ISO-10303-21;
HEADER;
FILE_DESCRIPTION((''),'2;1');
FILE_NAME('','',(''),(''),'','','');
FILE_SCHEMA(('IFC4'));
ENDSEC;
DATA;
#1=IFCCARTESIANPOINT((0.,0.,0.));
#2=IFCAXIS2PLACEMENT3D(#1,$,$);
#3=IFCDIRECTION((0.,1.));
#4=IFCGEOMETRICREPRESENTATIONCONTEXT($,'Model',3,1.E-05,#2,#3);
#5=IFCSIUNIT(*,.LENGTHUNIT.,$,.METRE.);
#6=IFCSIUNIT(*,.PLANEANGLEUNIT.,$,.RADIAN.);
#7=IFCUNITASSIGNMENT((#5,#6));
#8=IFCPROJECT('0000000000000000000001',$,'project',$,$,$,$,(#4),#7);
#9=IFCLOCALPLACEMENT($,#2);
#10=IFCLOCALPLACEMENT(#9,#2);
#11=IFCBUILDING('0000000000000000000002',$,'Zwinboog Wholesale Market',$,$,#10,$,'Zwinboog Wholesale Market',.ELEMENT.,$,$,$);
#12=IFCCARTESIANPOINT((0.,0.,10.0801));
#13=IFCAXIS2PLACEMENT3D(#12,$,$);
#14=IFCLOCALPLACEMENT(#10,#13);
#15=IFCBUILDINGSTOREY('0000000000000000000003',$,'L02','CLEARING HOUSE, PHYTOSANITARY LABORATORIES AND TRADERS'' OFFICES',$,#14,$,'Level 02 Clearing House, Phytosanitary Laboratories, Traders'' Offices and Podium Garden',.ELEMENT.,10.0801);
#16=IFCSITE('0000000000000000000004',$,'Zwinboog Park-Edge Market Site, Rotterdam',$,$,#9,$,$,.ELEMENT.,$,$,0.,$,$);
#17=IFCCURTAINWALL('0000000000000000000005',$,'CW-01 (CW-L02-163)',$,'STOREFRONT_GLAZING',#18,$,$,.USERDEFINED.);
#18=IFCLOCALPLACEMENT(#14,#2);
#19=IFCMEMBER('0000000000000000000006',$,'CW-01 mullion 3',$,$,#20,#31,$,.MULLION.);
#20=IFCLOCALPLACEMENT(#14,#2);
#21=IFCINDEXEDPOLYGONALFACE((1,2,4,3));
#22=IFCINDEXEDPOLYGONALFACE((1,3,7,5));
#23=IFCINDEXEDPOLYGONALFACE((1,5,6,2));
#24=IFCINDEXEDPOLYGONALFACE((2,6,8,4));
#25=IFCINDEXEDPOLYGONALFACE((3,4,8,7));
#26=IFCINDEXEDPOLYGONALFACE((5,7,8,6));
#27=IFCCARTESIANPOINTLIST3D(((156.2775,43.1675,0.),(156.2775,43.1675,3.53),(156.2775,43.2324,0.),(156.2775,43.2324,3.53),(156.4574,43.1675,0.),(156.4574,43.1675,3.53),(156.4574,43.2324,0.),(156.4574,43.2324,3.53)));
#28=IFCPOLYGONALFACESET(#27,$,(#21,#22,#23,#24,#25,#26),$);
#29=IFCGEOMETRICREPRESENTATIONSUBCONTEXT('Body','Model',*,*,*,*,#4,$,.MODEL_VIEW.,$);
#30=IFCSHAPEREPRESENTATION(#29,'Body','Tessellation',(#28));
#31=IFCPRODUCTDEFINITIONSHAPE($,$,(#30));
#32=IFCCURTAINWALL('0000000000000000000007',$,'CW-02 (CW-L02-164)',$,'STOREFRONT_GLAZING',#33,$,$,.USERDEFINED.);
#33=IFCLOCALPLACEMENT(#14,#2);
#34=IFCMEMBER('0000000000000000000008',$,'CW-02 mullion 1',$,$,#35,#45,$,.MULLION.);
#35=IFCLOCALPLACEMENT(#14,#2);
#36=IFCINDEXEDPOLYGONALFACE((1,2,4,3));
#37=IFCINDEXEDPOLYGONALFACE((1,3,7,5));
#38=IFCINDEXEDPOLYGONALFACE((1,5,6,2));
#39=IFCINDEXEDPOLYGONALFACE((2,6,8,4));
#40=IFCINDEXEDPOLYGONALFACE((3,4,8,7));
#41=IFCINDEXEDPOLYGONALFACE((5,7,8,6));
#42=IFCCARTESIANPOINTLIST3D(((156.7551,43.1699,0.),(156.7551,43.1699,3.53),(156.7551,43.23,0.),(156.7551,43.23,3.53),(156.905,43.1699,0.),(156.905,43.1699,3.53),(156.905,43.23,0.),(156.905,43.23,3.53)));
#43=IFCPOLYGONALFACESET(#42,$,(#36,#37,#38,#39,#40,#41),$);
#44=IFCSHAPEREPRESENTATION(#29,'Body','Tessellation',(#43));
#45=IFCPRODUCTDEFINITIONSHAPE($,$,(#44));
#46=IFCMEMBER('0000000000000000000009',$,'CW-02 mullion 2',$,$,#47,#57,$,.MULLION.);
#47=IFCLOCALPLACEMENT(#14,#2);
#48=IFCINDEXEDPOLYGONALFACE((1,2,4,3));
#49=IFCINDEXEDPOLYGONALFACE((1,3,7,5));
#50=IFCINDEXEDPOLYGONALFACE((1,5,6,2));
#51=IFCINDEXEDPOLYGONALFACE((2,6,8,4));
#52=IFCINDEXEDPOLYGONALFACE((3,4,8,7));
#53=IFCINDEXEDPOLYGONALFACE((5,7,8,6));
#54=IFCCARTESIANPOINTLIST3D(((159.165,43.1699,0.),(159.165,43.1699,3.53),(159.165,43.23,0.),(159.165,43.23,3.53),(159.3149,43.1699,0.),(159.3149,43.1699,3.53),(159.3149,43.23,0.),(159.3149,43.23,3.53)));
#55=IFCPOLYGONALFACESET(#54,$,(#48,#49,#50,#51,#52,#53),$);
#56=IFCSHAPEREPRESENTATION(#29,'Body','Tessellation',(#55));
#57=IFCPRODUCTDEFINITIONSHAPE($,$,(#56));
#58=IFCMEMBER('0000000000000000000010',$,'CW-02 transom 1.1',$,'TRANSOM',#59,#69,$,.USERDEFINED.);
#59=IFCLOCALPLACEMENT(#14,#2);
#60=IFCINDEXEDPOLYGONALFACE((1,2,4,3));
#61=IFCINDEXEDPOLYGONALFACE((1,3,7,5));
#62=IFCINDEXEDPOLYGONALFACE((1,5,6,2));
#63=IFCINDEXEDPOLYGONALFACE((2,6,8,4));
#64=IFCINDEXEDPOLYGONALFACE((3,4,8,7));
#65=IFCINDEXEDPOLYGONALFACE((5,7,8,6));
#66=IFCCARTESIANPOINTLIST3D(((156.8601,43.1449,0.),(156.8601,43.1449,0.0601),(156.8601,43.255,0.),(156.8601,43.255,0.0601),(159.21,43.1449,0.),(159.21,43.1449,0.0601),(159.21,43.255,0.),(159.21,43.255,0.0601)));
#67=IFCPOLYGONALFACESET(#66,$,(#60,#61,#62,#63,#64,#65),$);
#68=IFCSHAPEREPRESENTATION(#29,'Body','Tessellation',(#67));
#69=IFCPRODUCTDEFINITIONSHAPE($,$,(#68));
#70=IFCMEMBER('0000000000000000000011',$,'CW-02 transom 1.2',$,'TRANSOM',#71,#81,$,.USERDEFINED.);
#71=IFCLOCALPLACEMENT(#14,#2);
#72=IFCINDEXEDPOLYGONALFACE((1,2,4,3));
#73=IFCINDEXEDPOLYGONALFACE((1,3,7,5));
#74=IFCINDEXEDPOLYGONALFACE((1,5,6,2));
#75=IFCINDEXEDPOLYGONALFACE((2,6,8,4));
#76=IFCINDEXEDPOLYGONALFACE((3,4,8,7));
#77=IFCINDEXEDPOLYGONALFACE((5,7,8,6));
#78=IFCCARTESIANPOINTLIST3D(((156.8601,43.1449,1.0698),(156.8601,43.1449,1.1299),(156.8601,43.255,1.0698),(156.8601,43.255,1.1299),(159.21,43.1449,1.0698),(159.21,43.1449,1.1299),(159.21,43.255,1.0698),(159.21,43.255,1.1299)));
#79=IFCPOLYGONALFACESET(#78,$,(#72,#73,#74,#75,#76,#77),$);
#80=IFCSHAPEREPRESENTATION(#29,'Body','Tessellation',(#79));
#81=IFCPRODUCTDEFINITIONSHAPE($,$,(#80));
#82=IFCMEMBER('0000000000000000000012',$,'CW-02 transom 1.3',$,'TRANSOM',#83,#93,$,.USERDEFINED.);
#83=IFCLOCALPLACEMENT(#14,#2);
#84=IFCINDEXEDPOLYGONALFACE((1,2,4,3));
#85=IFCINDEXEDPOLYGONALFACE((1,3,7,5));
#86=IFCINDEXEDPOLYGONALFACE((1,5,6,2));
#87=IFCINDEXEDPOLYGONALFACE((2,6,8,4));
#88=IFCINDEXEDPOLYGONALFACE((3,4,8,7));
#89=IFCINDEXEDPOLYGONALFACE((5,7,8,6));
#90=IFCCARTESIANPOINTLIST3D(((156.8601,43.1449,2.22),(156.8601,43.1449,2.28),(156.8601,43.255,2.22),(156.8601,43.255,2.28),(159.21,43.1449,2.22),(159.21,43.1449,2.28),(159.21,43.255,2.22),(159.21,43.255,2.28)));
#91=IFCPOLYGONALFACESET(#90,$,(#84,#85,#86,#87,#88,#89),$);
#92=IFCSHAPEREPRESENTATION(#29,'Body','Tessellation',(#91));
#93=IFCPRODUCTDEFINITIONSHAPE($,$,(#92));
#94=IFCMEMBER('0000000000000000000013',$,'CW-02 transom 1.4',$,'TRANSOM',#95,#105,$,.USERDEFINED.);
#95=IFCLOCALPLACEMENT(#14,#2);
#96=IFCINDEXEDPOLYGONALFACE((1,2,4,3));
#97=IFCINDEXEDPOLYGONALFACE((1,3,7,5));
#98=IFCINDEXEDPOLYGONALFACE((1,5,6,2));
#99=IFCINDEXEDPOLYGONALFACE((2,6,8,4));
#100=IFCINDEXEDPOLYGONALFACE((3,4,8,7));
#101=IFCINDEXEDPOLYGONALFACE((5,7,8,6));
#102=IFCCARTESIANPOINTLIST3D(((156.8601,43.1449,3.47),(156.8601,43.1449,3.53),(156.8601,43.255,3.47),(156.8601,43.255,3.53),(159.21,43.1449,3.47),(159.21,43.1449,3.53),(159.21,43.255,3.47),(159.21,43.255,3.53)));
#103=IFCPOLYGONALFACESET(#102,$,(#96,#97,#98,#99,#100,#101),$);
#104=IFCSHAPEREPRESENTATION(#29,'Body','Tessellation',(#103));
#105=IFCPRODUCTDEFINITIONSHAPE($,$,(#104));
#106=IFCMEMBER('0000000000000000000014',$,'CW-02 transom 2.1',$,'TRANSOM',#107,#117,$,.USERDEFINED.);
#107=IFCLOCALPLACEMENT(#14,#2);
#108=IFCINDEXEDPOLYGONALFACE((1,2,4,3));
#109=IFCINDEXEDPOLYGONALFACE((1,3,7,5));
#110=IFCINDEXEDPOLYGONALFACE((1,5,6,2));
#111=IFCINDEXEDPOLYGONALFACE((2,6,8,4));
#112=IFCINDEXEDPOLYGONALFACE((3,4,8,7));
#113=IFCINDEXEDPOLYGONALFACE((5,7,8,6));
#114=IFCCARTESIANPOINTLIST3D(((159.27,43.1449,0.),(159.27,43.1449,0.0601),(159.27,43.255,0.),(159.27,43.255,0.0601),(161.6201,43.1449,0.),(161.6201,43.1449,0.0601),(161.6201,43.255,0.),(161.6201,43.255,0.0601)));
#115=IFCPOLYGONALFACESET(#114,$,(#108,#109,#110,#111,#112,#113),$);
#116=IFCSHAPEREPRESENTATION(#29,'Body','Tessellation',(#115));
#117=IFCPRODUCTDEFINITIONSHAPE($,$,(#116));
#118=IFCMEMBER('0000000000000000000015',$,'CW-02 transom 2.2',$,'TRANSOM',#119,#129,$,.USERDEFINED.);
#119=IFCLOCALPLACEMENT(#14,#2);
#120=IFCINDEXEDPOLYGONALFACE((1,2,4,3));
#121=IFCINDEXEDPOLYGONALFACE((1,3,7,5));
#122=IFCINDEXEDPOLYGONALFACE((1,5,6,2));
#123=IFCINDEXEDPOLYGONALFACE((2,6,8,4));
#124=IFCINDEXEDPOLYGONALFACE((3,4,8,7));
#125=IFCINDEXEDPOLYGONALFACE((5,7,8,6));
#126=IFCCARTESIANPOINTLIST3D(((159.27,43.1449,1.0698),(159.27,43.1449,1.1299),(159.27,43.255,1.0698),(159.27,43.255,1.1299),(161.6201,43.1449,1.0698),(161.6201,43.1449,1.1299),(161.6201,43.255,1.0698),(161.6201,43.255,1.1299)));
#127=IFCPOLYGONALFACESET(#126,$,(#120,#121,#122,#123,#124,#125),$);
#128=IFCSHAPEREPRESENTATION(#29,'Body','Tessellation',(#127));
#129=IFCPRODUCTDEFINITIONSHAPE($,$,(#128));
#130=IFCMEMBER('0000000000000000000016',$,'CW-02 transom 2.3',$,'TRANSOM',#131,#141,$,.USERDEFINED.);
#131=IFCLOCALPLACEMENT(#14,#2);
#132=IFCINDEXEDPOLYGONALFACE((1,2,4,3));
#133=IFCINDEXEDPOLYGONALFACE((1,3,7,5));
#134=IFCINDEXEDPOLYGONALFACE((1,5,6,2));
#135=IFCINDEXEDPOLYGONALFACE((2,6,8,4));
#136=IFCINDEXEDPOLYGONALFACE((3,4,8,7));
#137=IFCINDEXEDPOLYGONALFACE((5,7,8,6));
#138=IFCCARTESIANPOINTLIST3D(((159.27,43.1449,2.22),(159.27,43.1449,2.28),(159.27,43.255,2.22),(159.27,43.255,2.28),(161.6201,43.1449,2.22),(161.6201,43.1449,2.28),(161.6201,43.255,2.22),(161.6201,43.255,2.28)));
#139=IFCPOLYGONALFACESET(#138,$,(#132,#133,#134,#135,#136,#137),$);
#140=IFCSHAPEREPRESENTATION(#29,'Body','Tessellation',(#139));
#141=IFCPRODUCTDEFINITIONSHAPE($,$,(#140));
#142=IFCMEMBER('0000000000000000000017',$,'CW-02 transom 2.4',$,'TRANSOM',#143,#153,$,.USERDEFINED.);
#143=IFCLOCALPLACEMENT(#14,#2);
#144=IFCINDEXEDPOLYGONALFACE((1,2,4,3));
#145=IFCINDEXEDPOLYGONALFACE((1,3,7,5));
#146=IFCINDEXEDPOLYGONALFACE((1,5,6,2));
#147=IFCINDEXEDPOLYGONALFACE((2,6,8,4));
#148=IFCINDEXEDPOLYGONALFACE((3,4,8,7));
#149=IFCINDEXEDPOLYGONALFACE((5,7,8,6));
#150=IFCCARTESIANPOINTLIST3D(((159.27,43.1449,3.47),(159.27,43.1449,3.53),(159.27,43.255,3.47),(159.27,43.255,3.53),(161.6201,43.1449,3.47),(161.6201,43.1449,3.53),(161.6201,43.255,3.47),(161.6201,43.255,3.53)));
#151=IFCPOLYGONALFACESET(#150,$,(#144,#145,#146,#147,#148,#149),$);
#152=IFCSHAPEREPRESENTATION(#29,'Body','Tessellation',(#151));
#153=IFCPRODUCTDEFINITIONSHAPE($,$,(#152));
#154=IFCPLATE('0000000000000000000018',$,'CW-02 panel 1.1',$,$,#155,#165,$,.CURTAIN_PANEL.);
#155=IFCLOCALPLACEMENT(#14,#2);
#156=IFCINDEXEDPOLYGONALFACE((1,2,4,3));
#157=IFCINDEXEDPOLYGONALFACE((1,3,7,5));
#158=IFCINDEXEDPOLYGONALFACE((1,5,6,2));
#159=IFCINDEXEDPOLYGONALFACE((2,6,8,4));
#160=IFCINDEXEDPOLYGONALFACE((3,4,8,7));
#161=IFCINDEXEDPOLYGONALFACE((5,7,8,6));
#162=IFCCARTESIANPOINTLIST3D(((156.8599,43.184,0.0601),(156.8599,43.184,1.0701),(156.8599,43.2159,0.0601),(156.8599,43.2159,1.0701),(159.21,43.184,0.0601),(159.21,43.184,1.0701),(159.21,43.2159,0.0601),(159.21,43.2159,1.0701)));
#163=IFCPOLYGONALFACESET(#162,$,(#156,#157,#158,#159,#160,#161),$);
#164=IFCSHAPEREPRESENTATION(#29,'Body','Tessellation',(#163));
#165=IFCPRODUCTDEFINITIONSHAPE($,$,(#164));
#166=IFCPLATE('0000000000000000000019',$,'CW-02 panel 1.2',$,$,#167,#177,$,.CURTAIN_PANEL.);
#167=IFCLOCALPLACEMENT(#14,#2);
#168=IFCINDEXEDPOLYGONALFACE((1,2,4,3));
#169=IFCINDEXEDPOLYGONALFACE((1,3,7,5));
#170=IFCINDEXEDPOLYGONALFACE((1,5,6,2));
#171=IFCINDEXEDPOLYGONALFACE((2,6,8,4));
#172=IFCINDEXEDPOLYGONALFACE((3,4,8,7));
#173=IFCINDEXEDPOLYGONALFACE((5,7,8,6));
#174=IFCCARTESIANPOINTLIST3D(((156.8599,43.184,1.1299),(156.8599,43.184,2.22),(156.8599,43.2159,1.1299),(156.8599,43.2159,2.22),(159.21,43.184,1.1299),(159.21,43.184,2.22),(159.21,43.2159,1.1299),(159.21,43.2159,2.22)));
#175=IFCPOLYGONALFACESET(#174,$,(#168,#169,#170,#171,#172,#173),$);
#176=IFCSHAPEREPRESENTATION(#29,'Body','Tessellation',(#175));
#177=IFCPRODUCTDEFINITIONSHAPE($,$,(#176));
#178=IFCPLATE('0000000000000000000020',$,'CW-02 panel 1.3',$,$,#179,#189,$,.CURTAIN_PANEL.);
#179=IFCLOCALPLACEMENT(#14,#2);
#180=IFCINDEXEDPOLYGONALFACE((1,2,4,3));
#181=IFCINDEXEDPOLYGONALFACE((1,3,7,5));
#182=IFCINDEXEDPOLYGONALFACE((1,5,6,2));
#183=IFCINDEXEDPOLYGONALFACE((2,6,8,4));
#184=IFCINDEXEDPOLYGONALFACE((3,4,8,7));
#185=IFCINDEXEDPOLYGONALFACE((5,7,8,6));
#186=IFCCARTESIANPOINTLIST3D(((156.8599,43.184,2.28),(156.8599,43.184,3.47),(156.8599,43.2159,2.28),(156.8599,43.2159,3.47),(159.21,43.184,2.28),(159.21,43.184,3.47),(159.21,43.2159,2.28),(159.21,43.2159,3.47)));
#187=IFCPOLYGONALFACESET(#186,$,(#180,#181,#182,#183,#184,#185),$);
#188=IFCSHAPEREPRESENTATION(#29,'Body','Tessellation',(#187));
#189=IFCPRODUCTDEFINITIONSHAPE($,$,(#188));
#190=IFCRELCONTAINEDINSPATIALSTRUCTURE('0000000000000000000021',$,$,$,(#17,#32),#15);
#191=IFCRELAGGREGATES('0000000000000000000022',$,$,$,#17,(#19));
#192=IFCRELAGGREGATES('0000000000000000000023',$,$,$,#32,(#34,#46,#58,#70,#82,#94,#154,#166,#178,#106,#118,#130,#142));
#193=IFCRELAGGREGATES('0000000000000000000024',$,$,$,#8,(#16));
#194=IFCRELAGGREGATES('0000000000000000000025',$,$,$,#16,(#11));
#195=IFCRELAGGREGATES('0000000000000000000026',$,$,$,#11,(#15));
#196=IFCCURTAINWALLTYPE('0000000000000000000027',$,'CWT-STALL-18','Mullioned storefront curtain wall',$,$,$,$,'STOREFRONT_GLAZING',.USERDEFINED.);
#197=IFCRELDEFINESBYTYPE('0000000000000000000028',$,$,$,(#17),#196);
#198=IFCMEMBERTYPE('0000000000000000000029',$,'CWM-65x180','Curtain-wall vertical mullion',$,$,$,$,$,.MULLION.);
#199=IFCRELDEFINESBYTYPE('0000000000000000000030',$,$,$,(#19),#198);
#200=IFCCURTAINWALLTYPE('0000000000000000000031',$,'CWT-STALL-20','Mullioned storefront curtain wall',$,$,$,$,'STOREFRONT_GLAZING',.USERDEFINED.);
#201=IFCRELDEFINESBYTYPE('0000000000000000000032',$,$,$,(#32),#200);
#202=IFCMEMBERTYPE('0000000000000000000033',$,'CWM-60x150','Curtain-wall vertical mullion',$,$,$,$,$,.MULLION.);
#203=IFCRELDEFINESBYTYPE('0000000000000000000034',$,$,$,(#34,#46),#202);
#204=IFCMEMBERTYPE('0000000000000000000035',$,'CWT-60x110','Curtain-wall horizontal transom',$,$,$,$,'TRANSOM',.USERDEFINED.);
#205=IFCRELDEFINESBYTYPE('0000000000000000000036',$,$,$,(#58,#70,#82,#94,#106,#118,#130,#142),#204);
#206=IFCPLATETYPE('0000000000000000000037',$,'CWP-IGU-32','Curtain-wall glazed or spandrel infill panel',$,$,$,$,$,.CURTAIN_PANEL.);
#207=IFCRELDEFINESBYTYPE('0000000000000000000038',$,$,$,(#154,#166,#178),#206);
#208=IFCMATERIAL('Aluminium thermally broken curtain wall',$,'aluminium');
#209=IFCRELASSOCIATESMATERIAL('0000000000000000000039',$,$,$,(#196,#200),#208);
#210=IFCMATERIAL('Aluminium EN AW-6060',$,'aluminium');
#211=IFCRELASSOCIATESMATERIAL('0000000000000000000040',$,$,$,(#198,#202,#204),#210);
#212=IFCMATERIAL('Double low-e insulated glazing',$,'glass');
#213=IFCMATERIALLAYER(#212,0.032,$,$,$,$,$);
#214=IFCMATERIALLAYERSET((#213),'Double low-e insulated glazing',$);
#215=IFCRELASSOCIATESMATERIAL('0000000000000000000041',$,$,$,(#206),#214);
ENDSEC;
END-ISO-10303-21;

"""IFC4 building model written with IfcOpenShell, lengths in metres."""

from ifc_helpers import new_model, si_unit, direction, frame, origin, origin_2d, place, context, subcontext, project, spatial, rectangle, extrude, material, layer, layer_set, material_profile, profile_set, type_object, element, aggregate, save


model = new_model("IFC4")

# Units and contexts
model_context = context("Model", 3, precision=1e-05, world=origin(), true_north=direction((0.0, 1.0)))
body_context = subcontext(model_context, "Body", "Model", "MODEL_VIEW")
ifc_project = project(units=[si_unit("LENGTHUNIT", "METRE"), si_unit("PLANEANGLEUNIT", "RADIAN")], contexts=[model_context])

# Site, building, storey
site_placement = place(None, origin())
site = spatial("IfcSite", under=ifc_project, at=site_placement, Name="Zwinboog Park-Edge Market Site, Rotterdam", CompositionType="ELEMENT", RefElevation=0.0)
building_placement = place(site_placement, origin())
building = spatial("IfcBuilding", under=site, at=building_placement, Name="Zwinboog Wholesale Market", LongName="Zwinboog Wholesale Market", CompositionType="ELEMENT")
storey_placement = place(building_placement, frame((0.0, 0.0, 10.0801)))
storey = spatial("IfcBuildingStorey", under=building, at=storey_placement, Name="L02", Description="CLEARING HOUSE, PHYTOSANITARY LABORATORIES AND TRADERS' OFFICES", LongName="Level 02 Clearing House, Phytosanitary Laboratories, Traders' Offices and Podium Garden", CompositionType="ELEMENT", Elevation=10.0801)

# Curtain wall, member
ifc_material_1 = material(Name="Aluminium thermally broken curtain wall", Category="aluminium")
curtain_wall_type_1 = type_object("IfcCurtainWallType", Name="CWT-STALL-18", Description="Mullioned storefront curtain wall", ElementType="STOREFRONT_GLAZING", PredefinedType="USERDEFINED", material=ifc_material_1)
curtain_wall_1_placement = place(storey_placement, origin())
curtain_wall_1 = element("IfcCurtainWall", 1, at=curtain_wall_1_placement, inside=storey, type_object=curtain_wall_type_1, Name="CW-01 (CW-L02-163)", ObjectType="STOREFRONT_GLAZING", PredefinedType="USERDEFINED")
ifc_material_2 = material(Name="Aluminium EN AW-6060", Category="aluminium")
ifc_material_profile_1 = material_profile(ifc_material_2, rectangle(XDim=0.0649, YDim=0.1799, at=origin_2d()), Name="AL 65x180")
ifc_profile_set_1 = profile_set([ifc_material_profile_1], Name="Aluminium EN AW-6060")
member_type_1 = type_object("IfcMemberType", Name="CWM-65x180", Description="Curtain-wall vertical mullion", PredefinedType="MULLION", material=ifc_profile_set_1)
member_1_placement = place(storey_placement, frame((156.3674, 43.2, 0.0), z_axis=(0.0, 0.0, 1.0), x_axis=(0.0, 1.0, 0.0)))
member_1 = element("IfcMember", 2, at=member_1_placement, type_object=member_type_1, Name="CW-01 mullion 3", PredefinedType="MULLION", context=body_context, shape_type="SweptSolid", body=[
    extrude(rectangle(XDim=0.0649, YDim=0.1799, at=origin_2d()), origin(), (0.0, 0.0, 1.0), 3.53),
])
aggregate(curtain_wall_1, [member_1])

# Curtain wall, members, plates
curtain_wall_type_2 = type_object("IfcCurtainWallType", Name="CWT-STALL-20", Description="Mullioned storefront curtain wall", ElementType="STOREFRONT_GLAZING", PredefinedType="USERDEFINED", material=ifc_material_1)
curtain_wall_2_placement = place(storey_placement, origin())
curtain_wall_2 = element("IfcCurtainWall", 3, at=curtain_wall_2_placement, inside=storey, type_object=curtain_wall_type_2, Name="CW-02 (CW-L02-164)", ObjectType="STOREFRONT_GLAZING", PredefinedType="USERDEFINED")
ifc_material_profile_2 = material_profile(ifc_material_2, rectangle(XDim=0.0601, YDim=0.1499, at=origin_2d()), Name="AL 60x150")
ifc_profile_set_2 = profile_set([ifc_material_profile_2], Name="Aluminium EN AW-6060")
member_type_2 = type_object("IfcMemberType", Name="CWM-60x150", Description="Curtain-wall vertical mullion", PredefinedType="MULLION", material=ifc_profile_set_2)
member_2_placement = place(storey_placement, frame((156.8301, 43.2, 0.0), z_axis=(0.0, 0.0, 1.0), x_axis=(0.0, 1.0, 0.0)))
member_2 = element("IfcMember", 4, at=member_2_placement, type_object=member_type_2, Name="CW-02 mullion 1", PredefinedType="MULLION", context=body_context, shape_type="SweptSolid", body=[
    extrude(rectangle(XDim=0.0601, YDim=0.1499, at=origin_2d()), origin(), (0.0, 0.0, 1.0), 3.53),
])
member_3_placement = place(storey_placement, frame((159.24, 43.2, 0.0), z_axis=(0.0, 0.0, 1.0), x_axis=(0.0, 1.0, 0.0)))
member_3 = element("IfcMember", 5, at=member_3_placement, type_object=member_type_2, Name="CW-02 mullion 2", PredefinedType="MULLION", context=body_context, shape_type="SweptSolid", body=[
    extrude(rectangle(XDim=0.0601, YDim=0.1499, at=origin_2d()), origin(), (0.0, 0.0, 1.0), 3.53),
])
ifc_material_profile_3 = material_profile(ifc_material_2, rectangle(XDim=0.1101, YDim=0.0601, at=origin_2d()), Name="AL 60x110")
ifc_profile_set_3 = profile_set([ifc_material_profile_3], Name="Aluminium EN AW-6060")
member_type_3 = type_object("IfcMemberType", Name="CWT-60x110", Description="Curtain-wall horizontal transom", ElementType="TRANSOM", PredefinedType="USERDEFINED", material=ifc_profile_set_3)
member_4_placement = place(storey_placement, frame((156.8601, 43.2, 0.03), z_axis=(1.0, 0.0, 0.0), x_axis=(0.0, 1.0, 0.0)))
member_4 = element("IfcMember", 6, at=member_4_placement, type_object=member_type_3, Name="CW-02 transom 1.1", ObjectType="TRANSOM", PredefinedType="USERDEFINED", context=body_context, shape_type="SweptSolid", body=[
    extrude(rectangle(XDim=0.1101, YDim=0.0601, at=origin_2d()), origin(), (0.0, 0.0, 1.0), 2.3499),
])
member_5_placement = place(storey_placement, frame((156.8601, 43.2, 1.0999), z_axis=(1.0, 0.0, 0.0), x_axis=(0.0, 1.0, 0.0)))
member_5 = element("IfcMember", 7, at=member_5_placement, type_object=member_type_3, Name="CW-02 transom 1.2", ObjectType="TRANSOM", PredefinedType="USERDEFINED", context=body_context, shape_type="SweptSolid", body=[
    extrude(rectangle(XDim=0.1101, YDim=0.0601, at=origin_2d()), origin(), (0.0, 0.0, 1.0), 2.3499),
])
member_6_placement = place(storey_placement, frame((156.8601, 43.2, 2.25), z_axis=(1.0, 0.0, 0.0), x_axis=(0.0, 1.0, 0.0)))
member_6 = element("IfcMember", 8, at=member_6_placement, type_object=member_type_3, Name="CW-02 transom 1.3", ObjectType="TRANSOM", PredefinedType="USERDEFINED", context=body_context, shape_type="SweptSolid", body=[
    extrude(rectangle(XDim=0.1101, YDim=0.0601, at=origin_2d()), origin(), (0.0, 0.0, 1.0), 2.3499),
])
member_7_placement = place(storey_placement, frame((156.8601, 43.2, 3.5), z_axis=(1.0, 0.0, 0.0), x_axis=(0.0, 1.0, 0.0)))
member_7 = element("IfcMember", 9, at=member_7_placement, type_object=member_type_3, Name="CW-02 transom 1.4", ObjectType="TRANSOM", PredefinedType="USERDEFINED", context=body_context, shape_type="SweptSolid", body=[
    extrude(rectangle(XDim=0.1101, YDim=0.0601, at=origin_2d()), origin(), (0.0, 0.0, 1.0), 2.3499),
])
member_8_placement = place(storey_placement, frame((159.27, 43.2, 0.03), z_axis=(1.0, 0.0, 0.0), x_axis=(0.0, 1.0, 0.0)))
member_8 = element("IfcMember", 10, at=member_8_placement, type_object=member_type_3, Name="CW-02 transom 2.1", ObjectType="TRANSOM", PredefinedType="USERDEFINED", context=body_context, shape_type="SweptSolid", body=[
    extrude(rectangle(XDim=0.1101, YDim=0.0601, at=origin_2d()), origin(), (0.0, 0.0, 1.0), 2.3501),
])
member_9_placement = place(storey_placement, frame((159.27, 43.2, 1.0999), z_axis=(1.0, 0.0, 0.0), x_axis=(0.0, 1.0, 0.0)))
member_9 = element("IfcMember", 11, at=member_9_placement, type_object=member_type_3, Name="CW-02 transom 2.2", ObjectType="TRANSOM", PredefinedType="USERDEFINED", context=body_context, shape_type="SweptSolid", body=[
    extrude(rectangle(XDim=0.1101, YDim=0.0601, at=origin_2d()), origin(), (0.0, 0.0, 1.0), 2.3501),
])
member_10_placement = place(storey_placement, frame((159.27, 43.2, 2.25), z_axis=(1.0, 0.0, 0.0), x_axis=(0.0, 1.0, 0.0)))
member_10 = element("IfcMember", 12, at=member_10_placement, type_object=member_type_3, Name="CW-02 transom 2.3", ObjectType="TRANSOM", PredefinedType="USERDEFINED", context=body_context, shape_type="SweptSolid", body=[
    extrude(rectangle(XDim=0.1101, YDim=0.0601, at=origin_2d()), origin(), (0.0, 0.0, 1.0), 2.3501),
])
member_11_placement = place(storey_placement, frame((159.27, 43.2, 3.5), z_axis=(1.0, 0.0, 0.0), x_axis=(0.0, 1.0, 0.0)))
member_11 = element("IfcMember", 13, at=member_11_placement, type_object=member_type_3, Name="CW-02 transom 2.4", ObjectType="TRANSOM", PredefinedType="USERDEFINED", context=body_context, shape_type="SweptSolid", body=[
    extrude(rectangle(XDim=0.1101, YDim=0.0601, at=origin_2d()), origin(), (0.0, 0.0, 1.0), 2.3501),
])
ifc_material_3 = material(Name="Double low-e insulated glazing", Category="glass")
ifc_layer_1 = layer(ifc_material_3, 0.032)
ifc_layer_set_1 = layer_set([ifc_layer_1], Name="Double low-e insulated glazing")
plate_type = type_object("IfcPlateType", Name="CWP-IGU-32", Description="Curtain-wall glazed or spandrel infill panel", PredefinedType="CURTAIN_PANEL", material=ifc_layer_set_1)
plate_1_placement = place(storey_placement, frame((158.0349, 43.2, 0.0601), z_axis=(0.0, 0.0, 1.0), x_axis=(1.0, 0.0, 0.0)))
plate_1 = element("IfcPlate", 14, at=plate_1_placement, type_object=plate_type, Name="CW-02 panel 1.1", PredefinedType="CURTAIN_PANEL", context=body_context, shape_type="SweptSolid", body=[
    extrude(rectangle(XDim=2.3501, YDim=0.032, at=origin_2d()), origin(), (0.0, 0.0, 1.0), 1.01),
])
plate_2_placement = place(storey_placement, frame((158.0349, 43.2, 1.1299), z_axis=(0.0, 0.0, 1.0), x_axis=(1.0, 0.0, 0.0)))
plate_2 = element("IfcPlate", 15, at=plate_2_placement, type_object=plate_type, Name="CW-02 panel 1.2", PredefinedType="CURTAIN_PANEL", context=body_context, shape_type="SweptSolid", body=[
    extrude(rectangle(XDim=2.3501, YDim=0.032, at=origin_2d()), origin(), (0.0, 0.0, 1.0), 1.0901),
])
plate_3_placement = place(storey_placement, frame((158.0349, 43.2, 2.28), z_axis=(0.0, 0.0, 1.0), x_axis=(1.0, 0.0, 0.0)))
plate_3 = element("IfcPlate", 16, at=plate_3_placement, type_object=plate_type, Name="CW-02 panel 1.3", PredefinedType="CURTAIN_PANEL", context=body_context, shape_type="SweptSolid", body=[
    extrude(rectangle(XDim=2.3501, YDim=0.032, at=origin_2d()), origin(), (0.0, 0.0, 1.0), 1.1899),
])
aggregate(curtain_wall_2, [member_2, member_3, member_4, member_5, member_6, member_7, plate_1, plate_2, plate_3, member_8, member_9, member_10, member_11])

save(model, "model.ifc")
